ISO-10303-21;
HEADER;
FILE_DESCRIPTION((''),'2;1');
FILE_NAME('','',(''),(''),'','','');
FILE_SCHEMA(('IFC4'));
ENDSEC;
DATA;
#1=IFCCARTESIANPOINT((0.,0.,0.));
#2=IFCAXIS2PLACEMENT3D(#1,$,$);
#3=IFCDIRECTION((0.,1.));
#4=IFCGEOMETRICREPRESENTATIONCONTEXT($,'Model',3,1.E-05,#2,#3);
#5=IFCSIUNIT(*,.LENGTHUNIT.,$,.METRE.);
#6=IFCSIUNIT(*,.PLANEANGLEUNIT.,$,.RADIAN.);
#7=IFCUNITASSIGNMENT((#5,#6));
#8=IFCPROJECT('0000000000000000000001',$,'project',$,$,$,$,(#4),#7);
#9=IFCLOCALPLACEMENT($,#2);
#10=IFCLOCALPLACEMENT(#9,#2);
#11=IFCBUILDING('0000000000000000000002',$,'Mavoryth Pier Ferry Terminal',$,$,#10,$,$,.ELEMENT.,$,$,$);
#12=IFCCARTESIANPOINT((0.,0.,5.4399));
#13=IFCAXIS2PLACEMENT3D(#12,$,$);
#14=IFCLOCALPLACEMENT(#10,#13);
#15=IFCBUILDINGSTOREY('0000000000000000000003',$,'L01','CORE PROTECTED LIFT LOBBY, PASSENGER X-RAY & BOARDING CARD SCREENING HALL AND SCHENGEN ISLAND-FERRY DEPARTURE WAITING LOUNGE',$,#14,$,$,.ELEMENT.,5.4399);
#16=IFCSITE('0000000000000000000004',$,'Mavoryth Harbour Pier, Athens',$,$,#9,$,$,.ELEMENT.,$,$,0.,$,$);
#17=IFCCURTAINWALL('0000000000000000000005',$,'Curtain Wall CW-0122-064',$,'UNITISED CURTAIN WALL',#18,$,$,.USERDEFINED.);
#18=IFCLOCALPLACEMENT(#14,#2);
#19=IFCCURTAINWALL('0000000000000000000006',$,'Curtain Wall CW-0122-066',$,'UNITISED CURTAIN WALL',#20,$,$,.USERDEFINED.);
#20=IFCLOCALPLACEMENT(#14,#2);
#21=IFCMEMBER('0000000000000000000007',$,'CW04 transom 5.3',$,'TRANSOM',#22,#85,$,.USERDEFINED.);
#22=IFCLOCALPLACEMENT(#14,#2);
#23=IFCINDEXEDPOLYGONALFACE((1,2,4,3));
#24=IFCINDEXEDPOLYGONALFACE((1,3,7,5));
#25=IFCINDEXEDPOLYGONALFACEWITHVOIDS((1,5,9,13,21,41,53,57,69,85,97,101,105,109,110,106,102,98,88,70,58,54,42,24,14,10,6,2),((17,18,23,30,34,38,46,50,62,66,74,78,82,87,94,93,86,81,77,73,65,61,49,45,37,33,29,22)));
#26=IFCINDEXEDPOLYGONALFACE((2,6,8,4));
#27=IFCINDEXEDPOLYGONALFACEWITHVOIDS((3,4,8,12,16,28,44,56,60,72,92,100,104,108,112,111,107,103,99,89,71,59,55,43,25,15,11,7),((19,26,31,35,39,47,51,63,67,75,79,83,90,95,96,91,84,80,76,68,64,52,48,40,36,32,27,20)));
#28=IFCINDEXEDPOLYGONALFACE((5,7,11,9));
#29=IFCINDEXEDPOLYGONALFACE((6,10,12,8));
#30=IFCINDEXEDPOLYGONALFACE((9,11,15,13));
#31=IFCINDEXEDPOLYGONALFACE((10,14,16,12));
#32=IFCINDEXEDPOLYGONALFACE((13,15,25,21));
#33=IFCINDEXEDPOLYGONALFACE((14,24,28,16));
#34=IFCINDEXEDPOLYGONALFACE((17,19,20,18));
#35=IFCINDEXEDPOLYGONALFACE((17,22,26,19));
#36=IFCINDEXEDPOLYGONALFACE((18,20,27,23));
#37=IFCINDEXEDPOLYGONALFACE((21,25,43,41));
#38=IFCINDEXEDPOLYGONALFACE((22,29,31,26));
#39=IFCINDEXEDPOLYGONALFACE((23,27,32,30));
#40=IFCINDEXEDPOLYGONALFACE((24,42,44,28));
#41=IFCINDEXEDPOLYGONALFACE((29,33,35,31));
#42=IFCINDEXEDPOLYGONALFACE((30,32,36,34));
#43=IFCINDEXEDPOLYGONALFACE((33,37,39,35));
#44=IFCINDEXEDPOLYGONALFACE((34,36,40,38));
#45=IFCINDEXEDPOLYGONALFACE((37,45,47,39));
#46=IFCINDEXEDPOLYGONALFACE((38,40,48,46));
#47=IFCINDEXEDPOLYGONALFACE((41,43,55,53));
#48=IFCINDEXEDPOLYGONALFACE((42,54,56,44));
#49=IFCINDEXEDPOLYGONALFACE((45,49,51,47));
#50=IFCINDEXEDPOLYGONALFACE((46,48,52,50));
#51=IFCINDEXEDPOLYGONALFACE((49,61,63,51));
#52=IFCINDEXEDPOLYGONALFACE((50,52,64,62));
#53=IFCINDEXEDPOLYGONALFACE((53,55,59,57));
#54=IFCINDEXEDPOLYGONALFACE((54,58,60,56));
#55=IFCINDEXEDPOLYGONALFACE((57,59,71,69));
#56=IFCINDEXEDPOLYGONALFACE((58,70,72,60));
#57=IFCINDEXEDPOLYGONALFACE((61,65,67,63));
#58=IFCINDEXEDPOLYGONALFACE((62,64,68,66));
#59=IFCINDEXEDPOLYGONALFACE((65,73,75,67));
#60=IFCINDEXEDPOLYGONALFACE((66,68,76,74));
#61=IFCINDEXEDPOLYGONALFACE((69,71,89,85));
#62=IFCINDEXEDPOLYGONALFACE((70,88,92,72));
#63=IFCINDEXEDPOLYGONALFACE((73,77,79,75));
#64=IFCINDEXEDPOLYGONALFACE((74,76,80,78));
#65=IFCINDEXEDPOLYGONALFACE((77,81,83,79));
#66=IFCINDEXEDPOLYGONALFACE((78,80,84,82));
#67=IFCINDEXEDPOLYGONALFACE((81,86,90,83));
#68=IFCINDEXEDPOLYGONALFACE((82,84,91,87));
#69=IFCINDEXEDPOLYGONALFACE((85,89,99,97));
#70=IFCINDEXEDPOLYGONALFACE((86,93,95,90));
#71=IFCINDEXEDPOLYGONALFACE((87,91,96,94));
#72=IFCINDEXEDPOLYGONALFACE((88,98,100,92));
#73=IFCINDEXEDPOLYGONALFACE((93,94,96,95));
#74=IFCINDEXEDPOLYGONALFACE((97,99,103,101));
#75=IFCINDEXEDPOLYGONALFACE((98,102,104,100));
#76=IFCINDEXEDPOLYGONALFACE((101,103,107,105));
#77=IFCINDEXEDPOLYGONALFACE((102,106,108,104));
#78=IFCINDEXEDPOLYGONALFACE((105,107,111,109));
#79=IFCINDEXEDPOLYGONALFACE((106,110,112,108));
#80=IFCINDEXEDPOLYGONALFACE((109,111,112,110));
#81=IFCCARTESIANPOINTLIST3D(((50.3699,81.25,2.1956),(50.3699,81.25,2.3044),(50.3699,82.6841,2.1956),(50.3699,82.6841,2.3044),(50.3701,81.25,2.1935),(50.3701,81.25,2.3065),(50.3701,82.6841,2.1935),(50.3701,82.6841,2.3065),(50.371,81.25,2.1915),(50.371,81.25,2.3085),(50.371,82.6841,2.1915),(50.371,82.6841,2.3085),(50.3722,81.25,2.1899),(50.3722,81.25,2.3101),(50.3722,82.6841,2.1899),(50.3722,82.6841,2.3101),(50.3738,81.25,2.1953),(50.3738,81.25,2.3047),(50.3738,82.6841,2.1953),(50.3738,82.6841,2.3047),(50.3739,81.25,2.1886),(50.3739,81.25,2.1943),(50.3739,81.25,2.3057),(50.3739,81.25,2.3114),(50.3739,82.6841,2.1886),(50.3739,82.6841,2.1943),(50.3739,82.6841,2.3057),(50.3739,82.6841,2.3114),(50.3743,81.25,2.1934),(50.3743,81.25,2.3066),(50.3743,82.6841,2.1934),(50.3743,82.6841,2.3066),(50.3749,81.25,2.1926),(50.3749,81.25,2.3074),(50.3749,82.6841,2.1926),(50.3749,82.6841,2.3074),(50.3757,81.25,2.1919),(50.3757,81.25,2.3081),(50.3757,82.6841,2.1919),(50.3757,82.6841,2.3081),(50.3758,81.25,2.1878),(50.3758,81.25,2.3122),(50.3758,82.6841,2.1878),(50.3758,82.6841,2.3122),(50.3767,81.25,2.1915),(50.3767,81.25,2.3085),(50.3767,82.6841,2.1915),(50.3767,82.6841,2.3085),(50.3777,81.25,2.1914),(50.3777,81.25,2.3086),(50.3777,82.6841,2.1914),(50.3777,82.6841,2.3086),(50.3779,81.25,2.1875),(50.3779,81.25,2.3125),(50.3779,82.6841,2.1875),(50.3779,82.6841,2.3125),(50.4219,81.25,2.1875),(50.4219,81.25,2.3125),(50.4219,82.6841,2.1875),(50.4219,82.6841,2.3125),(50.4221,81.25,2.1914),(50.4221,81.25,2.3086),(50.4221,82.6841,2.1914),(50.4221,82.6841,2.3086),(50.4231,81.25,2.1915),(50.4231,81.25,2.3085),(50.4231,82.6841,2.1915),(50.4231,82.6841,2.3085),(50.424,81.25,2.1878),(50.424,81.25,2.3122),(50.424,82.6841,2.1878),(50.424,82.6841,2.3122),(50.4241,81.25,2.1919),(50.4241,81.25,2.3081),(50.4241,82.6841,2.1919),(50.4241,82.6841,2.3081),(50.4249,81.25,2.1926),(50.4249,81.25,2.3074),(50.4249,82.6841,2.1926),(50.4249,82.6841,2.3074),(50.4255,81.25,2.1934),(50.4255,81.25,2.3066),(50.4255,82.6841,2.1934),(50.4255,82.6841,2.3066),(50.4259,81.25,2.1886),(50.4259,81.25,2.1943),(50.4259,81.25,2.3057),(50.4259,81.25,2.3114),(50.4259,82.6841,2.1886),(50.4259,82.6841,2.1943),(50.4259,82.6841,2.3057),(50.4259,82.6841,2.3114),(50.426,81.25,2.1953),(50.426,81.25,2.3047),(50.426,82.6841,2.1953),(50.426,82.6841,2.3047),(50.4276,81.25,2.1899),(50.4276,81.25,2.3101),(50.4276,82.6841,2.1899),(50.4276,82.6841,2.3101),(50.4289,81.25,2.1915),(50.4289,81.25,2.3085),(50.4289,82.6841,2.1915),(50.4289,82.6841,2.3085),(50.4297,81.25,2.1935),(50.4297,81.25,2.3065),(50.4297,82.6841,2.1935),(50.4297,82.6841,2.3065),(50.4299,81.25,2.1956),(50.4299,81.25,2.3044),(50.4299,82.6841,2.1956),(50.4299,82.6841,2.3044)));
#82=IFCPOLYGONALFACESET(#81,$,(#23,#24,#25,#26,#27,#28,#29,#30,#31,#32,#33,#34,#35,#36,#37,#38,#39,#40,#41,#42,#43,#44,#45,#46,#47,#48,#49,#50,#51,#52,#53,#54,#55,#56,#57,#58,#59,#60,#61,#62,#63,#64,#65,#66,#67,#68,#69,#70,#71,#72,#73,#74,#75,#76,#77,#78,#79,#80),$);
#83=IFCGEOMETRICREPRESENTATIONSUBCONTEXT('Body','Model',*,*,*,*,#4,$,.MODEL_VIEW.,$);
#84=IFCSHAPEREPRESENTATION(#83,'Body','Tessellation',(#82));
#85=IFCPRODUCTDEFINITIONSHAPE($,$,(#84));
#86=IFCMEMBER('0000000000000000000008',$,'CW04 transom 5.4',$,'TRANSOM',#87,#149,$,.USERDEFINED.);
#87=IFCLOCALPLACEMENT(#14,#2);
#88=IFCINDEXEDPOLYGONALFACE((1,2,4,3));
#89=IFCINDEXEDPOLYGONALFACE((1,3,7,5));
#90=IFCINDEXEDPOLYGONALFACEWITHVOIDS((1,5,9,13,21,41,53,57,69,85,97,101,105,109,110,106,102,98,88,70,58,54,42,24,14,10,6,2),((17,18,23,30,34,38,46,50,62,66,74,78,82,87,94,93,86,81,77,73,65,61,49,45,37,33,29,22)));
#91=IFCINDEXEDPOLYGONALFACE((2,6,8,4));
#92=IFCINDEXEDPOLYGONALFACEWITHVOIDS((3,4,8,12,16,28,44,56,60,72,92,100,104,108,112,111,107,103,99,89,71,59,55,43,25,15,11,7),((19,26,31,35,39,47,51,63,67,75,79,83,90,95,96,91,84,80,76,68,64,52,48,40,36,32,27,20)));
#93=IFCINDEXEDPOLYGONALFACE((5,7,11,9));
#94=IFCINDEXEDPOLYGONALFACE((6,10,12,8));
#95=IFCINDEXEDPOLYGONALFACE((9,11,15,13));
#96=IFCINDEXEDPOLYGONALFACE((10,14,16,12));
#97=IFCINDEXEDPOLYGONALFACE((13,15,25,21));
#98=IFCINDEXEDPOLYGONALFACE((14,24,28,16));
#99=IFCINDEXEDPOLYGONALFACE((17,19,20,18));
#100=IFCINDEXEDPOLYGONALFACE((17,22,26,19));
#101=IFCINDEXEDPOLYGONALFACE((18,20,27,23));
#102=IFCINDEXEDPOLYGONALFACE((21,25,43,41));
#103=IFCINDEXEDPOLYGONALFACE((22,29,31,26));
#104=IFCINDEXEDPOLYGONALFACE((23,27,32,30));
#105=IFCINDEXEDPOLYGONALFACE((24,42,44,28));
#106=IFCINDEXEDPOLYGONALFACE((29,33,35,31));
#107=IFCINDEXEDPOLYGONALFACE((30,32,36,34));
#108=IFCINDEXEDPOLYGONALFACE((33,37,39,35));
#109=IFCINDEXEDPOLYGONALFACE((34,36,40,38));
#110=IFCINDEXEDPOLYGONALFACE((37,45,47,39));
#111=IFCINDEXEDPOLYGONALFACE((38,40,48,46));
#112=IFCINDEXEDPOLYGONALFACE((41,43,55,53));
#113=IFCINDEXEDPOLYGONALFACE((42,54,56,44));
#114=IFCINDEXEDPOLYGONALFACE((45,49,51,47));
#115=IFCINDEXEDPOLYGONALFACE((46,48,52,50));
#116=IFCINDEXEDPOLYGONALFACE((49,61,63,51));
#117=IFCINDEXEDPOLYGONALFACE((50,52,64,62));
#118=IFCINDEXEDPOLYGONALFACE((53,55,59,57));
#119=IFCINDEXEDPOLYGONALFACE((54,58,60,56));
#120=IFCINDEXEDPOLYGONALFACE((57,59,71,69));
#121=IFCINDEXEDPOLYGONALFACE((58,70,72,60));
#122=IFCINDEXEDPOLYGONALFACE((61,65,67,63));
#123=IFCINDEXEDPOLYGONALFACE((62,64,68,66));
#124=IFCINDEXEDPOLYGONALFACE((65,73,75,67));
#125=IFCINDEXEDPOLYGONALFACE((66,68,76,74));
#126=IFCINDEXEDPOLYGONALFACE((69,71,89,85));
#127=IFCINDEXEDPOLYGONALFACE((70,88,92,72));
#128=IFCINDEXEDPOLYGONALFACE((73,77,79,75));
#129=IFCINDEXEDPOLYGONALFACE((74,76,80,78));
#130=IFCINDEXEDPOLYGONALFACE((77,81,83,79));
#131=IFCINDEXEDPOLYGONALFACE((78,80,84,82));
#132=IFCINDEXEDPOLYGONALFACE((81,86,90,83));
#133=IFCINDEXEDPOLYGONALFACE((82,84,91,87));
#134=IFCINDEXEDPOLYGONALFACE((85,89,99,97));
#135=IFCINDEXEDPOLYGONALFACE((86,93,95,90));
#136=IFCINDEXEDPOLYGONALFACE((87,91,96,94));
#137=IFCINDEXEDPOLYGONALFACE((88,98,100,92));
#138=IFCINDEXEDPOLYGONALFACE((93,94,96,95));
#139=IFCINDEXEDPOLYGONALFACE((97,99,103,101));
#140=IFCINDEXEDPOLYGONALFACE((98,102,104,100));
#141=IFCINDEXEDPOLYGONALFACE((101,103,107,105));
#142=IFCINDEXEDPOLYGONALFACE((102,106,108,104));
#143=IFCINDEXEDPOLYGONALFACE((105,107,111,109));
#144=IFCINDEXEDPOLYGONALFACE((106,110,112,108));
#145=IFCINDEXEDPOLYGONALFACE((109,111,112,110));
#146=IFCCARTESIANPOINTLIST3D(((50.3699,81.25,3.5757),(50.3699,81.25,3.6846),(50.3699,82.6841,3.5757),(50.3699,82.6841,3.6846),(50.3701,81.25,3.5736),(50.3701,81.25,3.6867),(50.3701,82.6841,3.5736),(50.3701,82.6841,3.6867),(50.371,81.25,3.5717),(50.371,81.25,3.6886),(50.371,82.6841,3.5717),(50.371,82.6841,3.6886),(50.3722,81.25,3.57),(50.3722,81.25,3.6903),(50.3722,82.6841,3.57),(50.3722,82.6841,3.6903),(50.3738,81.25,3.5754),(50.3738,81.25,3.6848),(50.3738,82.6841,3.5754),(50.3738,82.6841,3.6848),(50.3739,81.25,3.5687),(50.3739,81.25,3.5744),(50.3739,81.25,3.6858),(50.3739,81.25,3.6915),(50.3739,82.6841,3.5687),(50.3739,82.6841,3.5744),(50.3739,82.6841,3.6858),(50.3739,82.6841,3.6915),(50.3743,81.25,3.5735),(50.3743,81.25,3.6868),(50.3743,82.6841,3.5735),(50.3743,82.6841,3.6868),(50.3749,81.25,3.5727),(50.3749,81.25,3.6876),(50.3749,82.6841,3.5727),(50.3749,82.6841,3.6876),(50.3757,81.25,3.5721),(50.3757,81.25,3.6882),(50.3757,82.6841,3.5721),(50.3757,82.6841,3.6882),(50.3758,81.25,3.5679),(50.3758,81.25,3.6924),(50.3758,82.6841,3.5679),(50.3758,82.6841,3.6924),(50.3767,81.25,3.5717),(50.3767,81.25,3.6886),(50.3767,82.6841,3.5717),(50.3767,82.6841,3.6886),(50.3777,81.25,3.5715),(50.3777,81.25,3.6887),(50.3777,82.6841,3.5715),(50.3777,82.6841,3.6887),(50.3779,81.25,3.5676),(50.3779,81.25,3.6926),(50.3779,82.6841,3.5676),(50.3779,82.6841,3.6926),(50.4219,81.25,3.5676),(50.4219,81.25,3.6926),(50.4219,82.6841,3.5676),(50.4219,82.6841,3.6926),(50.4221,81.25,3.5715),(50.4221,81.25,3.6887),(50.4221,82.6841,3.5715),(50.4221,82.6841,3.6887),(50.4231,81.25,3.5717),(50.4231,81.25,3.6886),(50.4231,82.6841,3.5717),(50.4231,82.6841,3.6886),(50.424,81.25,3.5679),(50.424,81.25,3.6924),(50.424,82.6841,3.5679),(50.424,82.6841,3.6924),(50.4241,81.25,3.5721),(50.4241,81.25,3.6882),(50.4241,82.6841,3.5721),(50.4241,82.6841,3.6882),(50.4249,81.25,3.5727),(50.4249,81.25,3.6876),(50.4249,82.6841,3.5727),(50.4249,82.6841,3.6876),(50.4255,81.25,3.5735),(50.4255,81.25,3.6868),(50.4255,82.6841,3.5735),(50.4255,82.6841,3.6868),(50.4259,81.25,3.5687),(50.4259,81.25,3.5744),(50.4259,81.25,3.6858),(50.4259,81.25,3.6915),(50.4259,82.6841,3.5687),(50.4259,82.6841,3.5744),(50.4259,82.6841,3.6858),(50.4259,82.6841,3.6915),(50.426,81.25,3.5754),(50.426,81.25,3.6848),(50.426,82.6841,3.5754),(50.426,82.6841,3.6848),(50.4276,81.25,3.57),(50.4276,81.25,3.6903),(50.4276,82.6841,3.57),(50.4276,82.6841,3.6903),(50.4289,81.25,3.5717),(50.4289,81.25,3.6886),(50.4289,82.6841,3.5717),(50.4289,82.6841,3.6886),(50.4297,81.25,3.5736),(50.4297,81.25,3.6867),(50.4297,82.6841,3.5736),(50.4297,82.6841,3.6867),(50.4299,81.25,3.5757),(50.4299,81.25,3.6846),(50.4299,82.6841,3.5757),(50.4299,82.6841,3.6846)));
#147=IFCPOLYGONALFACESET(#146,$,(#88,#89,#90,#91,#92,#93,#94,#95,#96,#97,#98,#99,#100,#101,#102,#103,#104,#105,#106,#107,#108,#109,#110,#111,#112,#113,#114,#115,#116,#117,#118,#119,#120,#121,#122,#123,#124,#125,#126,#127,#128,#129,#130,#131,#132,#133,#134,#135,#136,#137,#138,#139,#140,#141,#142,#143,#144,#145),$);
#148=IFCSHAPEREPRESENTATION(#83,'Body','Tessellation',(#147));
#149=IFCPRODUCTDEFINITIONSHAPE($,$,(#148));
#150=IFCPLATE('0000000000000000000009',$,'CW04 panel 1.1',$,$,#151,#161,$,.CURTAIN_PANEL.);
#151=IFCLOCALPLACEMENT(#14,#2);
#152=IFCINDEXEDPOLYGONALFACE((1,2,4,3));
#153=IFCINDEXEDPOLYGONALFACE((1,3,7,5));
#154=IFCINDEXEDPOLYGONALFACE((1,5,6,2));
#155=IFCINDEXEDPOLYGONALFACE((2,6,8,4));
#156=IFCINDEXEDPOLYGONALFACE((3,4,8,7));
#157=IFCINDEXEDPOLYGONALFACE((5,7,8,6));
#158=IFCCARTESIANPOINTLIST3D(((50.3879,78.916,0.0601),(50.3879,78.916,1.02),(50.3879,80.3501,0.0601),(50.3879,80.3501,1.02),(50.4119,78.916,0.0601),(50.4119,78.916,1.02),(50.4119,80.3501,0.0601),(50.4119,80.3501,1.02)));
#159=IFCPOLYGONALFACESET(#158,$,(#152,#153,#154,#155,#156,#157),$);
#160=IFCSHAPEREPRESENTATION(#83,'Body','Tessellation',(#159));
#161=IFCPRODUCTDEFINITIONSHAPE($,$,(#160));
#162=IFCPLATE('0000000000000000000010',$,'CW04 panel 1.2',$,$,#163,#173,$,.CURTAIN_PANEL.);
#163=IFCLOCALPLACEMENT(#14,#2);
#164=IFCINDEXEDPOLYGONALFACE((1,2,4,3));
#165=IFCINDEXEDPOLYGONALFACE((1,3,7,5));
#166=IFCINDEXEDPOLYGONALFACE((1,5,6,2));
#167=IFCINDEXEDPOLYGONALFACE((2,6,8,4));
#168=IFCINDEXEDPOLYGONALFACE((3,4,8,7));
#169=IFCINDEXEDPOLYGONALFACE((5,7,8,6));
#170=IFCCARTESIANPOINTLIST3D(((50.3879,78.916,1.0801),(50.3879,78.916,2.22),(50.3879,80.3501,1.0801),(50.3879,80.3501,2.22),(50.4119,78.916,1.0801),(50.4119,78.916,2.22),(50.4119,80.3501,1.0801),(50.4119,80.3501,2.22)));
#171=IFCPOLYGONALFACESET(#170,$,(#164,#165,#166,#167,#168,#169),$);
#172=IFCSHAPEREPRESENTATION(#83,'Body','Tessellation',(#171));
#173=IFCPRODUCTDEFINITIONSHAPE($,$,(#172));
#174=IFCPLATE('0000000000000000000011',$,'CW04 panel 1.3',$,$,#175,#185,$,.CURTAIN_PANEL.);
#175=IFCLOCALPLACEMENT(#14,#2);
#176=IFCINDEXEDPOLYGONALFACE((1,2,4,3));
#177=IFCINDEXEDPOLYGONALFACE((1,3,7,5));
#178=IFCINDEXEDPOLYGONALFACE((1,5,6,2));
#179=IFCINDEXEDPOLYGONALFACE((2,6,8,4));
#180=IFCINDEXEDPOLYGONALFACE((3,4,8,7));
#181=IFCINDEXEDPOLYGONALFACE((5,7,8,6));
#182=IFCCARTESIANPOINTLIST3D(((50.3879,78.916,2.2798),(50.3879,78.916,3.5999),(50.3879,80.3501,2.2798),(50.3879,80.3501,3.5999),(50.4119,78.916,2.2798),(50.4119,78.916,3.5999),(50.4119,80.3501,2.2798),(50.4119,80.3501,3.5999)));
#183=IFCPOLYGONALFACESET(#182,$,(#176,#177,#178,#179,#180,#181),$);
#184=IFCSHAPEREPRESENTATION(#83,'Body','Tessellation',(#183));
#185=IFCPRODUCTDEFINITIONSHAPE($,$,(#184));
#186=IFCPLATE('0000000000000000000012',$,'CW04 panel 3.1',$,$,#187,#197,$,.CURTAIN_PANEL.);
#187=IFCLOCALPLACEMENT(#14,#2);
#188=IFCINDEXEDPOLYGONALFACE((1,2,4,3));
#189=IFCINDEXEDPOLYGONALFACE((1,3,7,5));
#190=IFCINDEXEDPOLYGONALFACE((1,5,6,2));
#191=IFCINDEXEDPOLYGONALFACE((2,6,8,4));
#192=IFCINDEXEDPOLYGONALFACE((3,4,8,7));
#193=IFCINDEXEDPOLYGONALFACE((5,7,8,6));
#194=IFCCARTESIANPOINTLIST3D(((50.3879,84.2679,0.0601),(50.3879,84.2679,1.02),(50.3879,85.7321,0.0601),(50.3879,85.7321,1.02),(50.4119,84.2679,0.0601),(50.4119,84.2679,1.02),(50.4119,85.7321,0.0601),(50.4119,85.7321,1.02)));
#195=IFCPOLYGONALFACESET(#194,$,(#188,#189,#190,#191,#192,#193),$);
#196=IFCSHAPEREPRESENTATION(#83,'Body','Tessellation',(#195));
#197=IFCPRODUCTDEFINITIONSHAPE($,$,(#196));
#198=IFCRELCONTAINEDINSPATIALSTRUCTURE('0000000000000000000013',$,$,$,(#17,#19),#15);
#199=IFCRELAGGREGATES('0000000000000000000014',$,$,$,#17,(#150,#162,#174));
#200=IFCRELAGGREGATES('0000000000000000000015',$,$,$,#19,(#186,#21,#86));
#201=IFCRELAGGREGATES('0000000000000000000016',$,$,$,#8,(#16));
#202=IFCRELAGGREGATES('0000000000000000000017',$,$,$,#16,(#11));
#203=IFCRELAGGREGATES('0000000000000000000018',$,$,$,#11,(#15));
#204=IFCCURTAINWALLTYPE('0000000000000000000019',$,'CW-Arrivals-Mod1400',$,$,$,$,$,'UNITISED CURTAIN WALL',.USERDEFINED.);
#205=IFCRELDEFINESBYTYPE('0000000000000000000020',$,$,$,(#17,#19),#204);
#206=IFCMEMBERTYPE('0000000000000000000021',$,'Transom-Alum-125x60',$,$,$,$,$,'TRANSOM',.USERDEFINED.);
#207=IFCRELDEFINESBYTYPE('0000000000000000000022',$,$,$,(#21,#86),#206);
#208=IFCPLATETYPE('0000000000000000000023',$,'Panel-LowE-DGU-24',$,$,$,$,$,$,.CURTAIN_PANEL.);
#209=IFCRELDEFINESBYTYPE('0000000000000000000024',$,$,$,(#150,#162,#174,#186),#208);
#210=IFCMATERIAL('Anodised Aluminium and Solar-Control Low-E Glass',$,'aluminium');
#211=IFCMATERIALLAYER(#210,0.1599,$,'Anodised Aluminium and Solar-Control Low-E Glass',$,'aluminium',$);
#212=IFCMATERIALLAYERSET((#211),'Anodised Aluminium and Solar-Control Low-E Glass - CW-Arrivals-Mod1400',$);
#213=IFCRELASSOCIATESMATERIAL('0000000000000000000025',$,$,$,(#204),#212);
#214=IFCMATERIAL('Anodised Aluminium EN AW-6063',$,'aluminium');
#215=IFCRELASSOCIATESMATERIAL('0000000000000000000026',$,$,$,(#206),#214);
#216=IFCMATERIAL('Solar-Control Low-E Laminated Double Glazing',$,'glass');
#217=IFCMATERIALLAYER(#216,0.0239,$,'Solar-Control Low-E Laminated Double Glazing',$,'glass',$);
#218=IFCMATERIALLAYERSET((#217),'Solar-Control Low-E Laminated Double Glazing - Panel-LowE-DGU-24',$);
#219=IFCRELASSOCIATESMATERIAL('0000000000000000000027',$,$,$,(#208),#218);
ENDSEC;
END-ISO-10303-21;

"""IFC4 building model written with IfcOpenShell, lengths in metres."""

from ifc_helpers import new_model, si_unit, direction, frame, origin, origin_2d, place, context, subcontext, project, spatial, rectangle, hollow_rectangle, extrude, material, layer, layer_set, material_profile, profile_set, type_object, element, aggregate, save


model = new_model("IFC4")

# Units and contexts
model_context = context("Model", 3, precision=1e-05, world=origin(), true_north=direction((0.0, 1.0)))
body_context = subcontext(model_context, "Body", "Model", "MODEL_VIEW")
ifc_project = project(units=[si_unit("LENGTHUNIT", "METRE"), si_unit("PLANEANGLEUNIT", "RADIAN")], contexts=[model_context])

# Site, building, storey
site_placement = place(None, origin())
site = spatial("IfcSite", under=ifc_project, at=site_placement, Name="Mavoryth Harbour Pier, Athens", CompositionType="ELEMENT", RefElevation=0.0)
building_placement = place(site_placement, origin())
building = spatial("IfcBuilding", under=site, at=building_placement, Name="Mavoryth Pier Ferry Terminal", CompositionType="ELEMENT")
storey_placement = place(building_placement, frame((0.0, 0.0, 5.4399)))
storey = spatial("IfcBuildingStorey", under=building, at=storey_placement, Name="L01", Description="CORE PROTECTED LIFT LOBBY, PASSENGER X-RAY & BOARDING CARD SCREENING HALL AND SCHENGEN ISLAND-FERRY DEPARTURE WAITING LOUNGE", CompositionType="ELEMENT", Elevation=5.4399)

# Curtain walls
ifc_material_1 = material(Name="Anodised Aluminium and Solar-Control Low-E Glass", Category="aluminium")
ifc_layer_1 = layer(ifc_material_1, 0.1599, Name="Anodised Aluminium and Solar-Control Low-E Glass", Category="aluminium")
ifc_layer_set_1 = layer_set([ifc_layer_1], Name="Anodised Aluminium and Solar-Control Low-E Glass - CW-Arrivals-Mod1400")
curtain_wall_type = type_object("IfcCurtainWallType", Name="CW-Arrivals-Mod1400", ElementType="UNITISED CURTAIN WALL", PredefinedType="USERDEFINED", material=ifc_layer_set_1)
curtain_wall_1_placement = place(storey_placement, origin())
curtain_wall_1 = element("IfcCurtainWall", 1, at=curtain_wall_1_placement, inside=storey, type_object=curtain_wall_type, Name="Curtain Wall CW-0122-064", ObjectType="UNITISED CURTAIN WALL", PredefinedType="USERDEFINED")
ifc_material_2 = material(Name="Anodised Aluminium EN AW-6063", Category="aluminium")
curtain_wall_2_placement = place(storey_placement, origin())
curtain_wall_2 = element("IfcCurtainWall", 2, at=curtain_wall_2_placement, inside=storey, type_object=curtain_wall_type, Name="Curtain Wall CW-0122-066", ObjectType="UNITISED CURTAIN WALL", PredefinedType="USERDEFINED")

# Members
ifc_material_profile_1 = material_profile(ifc_material_2, hollow_rectangle(XDim=0.0601, YDim=0.125, WallThickness=0.0039, InnerFilletRadius=0.0039, OuterFilletRadius=0.0081, at=origin_2d()), Name="AL-TRAN 125x60x4", Category="aluminium")
ifc_profile_set_1 = profile_set([ifc_material_profile_1], Name="Anodised Aluminium EN AW-6063 - AL-TRAN 125x60x4")
member_type_1 = type_object("IfcMemberType", Name="Transom-Alum-125x60", ElementType="TRANSOM", PredefinedType="USERDEFINED", material=ifc_profile_set_1)
member_1_placement = place(storey_placement, frame((50.3999, 82.6841, 2.25), z_axis=(0.0, -1.0, 0.0), x_axis=(1.0, 0.0, 0.0)))
member_1 = element("IfcMember", 3, at=member_1_placement, type_object=member_type_1, Name="CW04 transom 5.3", ObjectType="TRANSOM", PredefinedType="USERDEFINED", context=body_context, shape_type="SweptSolid", body=[
    extrude(hollow_rectangle(XDim=0.0601, YDim=0.125, WallThickness=0.0039, InnerFilletRadius=0.0039, OuterFilletRadius=0.0081, at=origin_2d()), origin(), (0.0, 0.0, 1.0), 1.4341),
])
member_2_placement = place(storey_placement, frame((50.3999, 82.6841, 3.6301), z_axis=(0.0, -1.0, 0.0), x_axis=(1.0, 0.0, 0.0)))
member_2 = element("IfcMember", 4, at=member_2_placement, type_object=member_type_1, Name="CW04 transom 5.4", ObjectType="TRANSOM", PredefinedType="USERDEFINED", context=body_context, shape_type="SweptSolid", body=[
    extrude(hollow_rectangle(XDim=0.0601, YDim=0.125, WallThickness=0.0039, InnerFilletRadius=0.0039, OuterFilletRadius=0.0081, at=origin_2d()), origin(), (0.0, 0.0, 1.0), 1.4341),
])

# Plates
ifc_material_3 = material(Name="Solar-Control Low-E Laminated Double Glazing", Category="glass")
ifc_layer_2 = layer(ifc_material_3, 0.0239, Name="Solar-Control Low-E Laminated Double Glazing", Category="glass")
ifc_layer_set_2 = layer_set([ifc_layer_2], Name="Solar-Control Low-E Laminated Double Glazing - Panel-LowE-DGU-24")
plate_type = type_object("IfcPlateType", Name="Panel-LowE-DGU-24", PredefinedType="CURTAIN_PANEL", material=ifc_layer_set_2)
plate_1_placement = place(storey_placement, frame((50.3999, 79.6331, 0.0601), z_axis=(0.0, 0.0, 1.0), x_axis=(0.0, -1.0, 0.0)))
plate_1 = element("IfcPlate", 5, at=plate_1_placement, type_object=plate_type, Name="CW04 panel 1.1", PredefinedType="CURTAIN_PANEL", context=body_context, shape_type="SweptSolid", body=[
    extrude(rectangle(XDim=1.4341, YDim=0.0239, at=origin_2d()), origin(), (0.0, 0.0, 1.0), 0.96),
])
plate_2_placement = place(storey_placement, frame((50.3999, 79.6331, 1.0801), z_axis=(0.0, 0.0, 1.0), x_axis=(0.0, -1.0, 0.0)))
plate_2 = element("IfcPlate", 6, at=plate_2_placement, type_object=plate_type, Name="CW04 panel 1.2", PredefinedType="CURTAIN_PANEL", context=body_context, shape_type="SweptSolid", body=[
    extrude(rectangle(XDim=1.4341, YDim=0.0239, at=origin_2d()), origin(), (0.0, 0.0, 1.0), 1.1399),
])
plate_3_placement = place(storey_placement, frame((50.3999, 79.6331, 2.2798), z_axis=(0.0, 0.0, 1.0), x_axis=(0.0, -1.0, 0.0)))
plate_3 = element("IfcPlate", 7, at=plate_3_placement, type_object=plate_type, Name="CW04 panel 1.3", PredefinedType="CURTAIN_PANEL", context=body_context, shape_type="SweptSolid", body=[
    extrude(rectangle(XDim=1.4341, YDim=0.0239, at=origin_2d()), origin(), (0.0, 0.0, 1.0), 1.3201),
])
aggregate(curtain_wall_1, [plate_1, plate_2, plate_3])
plate_4_placement = place(storey_placement, frame((50.3999, 85.0, 0.0601), z_axis=(0.0, 0.0, 1.0), x_axis=(0.0, -1.0, 0.0)))
plate_4 = element("IfcPlate", 8, at=plate_4_placement, type_object=plate_type, Name="CW04 panel 3.1", PredefinedType="CURTAIN_PANEL", context=body_context, shape_type="SweptSolid", body=[
    extrude(rectangle(XDim=1.4641, YDim=0.0239, at=origin_2d()), origin(), (0.0, 0.0, 1.0), 0.96),
])
aggregate(curtain_wall_2, [plate_4, member_1, member_2])

save(model, "model.ifc")
